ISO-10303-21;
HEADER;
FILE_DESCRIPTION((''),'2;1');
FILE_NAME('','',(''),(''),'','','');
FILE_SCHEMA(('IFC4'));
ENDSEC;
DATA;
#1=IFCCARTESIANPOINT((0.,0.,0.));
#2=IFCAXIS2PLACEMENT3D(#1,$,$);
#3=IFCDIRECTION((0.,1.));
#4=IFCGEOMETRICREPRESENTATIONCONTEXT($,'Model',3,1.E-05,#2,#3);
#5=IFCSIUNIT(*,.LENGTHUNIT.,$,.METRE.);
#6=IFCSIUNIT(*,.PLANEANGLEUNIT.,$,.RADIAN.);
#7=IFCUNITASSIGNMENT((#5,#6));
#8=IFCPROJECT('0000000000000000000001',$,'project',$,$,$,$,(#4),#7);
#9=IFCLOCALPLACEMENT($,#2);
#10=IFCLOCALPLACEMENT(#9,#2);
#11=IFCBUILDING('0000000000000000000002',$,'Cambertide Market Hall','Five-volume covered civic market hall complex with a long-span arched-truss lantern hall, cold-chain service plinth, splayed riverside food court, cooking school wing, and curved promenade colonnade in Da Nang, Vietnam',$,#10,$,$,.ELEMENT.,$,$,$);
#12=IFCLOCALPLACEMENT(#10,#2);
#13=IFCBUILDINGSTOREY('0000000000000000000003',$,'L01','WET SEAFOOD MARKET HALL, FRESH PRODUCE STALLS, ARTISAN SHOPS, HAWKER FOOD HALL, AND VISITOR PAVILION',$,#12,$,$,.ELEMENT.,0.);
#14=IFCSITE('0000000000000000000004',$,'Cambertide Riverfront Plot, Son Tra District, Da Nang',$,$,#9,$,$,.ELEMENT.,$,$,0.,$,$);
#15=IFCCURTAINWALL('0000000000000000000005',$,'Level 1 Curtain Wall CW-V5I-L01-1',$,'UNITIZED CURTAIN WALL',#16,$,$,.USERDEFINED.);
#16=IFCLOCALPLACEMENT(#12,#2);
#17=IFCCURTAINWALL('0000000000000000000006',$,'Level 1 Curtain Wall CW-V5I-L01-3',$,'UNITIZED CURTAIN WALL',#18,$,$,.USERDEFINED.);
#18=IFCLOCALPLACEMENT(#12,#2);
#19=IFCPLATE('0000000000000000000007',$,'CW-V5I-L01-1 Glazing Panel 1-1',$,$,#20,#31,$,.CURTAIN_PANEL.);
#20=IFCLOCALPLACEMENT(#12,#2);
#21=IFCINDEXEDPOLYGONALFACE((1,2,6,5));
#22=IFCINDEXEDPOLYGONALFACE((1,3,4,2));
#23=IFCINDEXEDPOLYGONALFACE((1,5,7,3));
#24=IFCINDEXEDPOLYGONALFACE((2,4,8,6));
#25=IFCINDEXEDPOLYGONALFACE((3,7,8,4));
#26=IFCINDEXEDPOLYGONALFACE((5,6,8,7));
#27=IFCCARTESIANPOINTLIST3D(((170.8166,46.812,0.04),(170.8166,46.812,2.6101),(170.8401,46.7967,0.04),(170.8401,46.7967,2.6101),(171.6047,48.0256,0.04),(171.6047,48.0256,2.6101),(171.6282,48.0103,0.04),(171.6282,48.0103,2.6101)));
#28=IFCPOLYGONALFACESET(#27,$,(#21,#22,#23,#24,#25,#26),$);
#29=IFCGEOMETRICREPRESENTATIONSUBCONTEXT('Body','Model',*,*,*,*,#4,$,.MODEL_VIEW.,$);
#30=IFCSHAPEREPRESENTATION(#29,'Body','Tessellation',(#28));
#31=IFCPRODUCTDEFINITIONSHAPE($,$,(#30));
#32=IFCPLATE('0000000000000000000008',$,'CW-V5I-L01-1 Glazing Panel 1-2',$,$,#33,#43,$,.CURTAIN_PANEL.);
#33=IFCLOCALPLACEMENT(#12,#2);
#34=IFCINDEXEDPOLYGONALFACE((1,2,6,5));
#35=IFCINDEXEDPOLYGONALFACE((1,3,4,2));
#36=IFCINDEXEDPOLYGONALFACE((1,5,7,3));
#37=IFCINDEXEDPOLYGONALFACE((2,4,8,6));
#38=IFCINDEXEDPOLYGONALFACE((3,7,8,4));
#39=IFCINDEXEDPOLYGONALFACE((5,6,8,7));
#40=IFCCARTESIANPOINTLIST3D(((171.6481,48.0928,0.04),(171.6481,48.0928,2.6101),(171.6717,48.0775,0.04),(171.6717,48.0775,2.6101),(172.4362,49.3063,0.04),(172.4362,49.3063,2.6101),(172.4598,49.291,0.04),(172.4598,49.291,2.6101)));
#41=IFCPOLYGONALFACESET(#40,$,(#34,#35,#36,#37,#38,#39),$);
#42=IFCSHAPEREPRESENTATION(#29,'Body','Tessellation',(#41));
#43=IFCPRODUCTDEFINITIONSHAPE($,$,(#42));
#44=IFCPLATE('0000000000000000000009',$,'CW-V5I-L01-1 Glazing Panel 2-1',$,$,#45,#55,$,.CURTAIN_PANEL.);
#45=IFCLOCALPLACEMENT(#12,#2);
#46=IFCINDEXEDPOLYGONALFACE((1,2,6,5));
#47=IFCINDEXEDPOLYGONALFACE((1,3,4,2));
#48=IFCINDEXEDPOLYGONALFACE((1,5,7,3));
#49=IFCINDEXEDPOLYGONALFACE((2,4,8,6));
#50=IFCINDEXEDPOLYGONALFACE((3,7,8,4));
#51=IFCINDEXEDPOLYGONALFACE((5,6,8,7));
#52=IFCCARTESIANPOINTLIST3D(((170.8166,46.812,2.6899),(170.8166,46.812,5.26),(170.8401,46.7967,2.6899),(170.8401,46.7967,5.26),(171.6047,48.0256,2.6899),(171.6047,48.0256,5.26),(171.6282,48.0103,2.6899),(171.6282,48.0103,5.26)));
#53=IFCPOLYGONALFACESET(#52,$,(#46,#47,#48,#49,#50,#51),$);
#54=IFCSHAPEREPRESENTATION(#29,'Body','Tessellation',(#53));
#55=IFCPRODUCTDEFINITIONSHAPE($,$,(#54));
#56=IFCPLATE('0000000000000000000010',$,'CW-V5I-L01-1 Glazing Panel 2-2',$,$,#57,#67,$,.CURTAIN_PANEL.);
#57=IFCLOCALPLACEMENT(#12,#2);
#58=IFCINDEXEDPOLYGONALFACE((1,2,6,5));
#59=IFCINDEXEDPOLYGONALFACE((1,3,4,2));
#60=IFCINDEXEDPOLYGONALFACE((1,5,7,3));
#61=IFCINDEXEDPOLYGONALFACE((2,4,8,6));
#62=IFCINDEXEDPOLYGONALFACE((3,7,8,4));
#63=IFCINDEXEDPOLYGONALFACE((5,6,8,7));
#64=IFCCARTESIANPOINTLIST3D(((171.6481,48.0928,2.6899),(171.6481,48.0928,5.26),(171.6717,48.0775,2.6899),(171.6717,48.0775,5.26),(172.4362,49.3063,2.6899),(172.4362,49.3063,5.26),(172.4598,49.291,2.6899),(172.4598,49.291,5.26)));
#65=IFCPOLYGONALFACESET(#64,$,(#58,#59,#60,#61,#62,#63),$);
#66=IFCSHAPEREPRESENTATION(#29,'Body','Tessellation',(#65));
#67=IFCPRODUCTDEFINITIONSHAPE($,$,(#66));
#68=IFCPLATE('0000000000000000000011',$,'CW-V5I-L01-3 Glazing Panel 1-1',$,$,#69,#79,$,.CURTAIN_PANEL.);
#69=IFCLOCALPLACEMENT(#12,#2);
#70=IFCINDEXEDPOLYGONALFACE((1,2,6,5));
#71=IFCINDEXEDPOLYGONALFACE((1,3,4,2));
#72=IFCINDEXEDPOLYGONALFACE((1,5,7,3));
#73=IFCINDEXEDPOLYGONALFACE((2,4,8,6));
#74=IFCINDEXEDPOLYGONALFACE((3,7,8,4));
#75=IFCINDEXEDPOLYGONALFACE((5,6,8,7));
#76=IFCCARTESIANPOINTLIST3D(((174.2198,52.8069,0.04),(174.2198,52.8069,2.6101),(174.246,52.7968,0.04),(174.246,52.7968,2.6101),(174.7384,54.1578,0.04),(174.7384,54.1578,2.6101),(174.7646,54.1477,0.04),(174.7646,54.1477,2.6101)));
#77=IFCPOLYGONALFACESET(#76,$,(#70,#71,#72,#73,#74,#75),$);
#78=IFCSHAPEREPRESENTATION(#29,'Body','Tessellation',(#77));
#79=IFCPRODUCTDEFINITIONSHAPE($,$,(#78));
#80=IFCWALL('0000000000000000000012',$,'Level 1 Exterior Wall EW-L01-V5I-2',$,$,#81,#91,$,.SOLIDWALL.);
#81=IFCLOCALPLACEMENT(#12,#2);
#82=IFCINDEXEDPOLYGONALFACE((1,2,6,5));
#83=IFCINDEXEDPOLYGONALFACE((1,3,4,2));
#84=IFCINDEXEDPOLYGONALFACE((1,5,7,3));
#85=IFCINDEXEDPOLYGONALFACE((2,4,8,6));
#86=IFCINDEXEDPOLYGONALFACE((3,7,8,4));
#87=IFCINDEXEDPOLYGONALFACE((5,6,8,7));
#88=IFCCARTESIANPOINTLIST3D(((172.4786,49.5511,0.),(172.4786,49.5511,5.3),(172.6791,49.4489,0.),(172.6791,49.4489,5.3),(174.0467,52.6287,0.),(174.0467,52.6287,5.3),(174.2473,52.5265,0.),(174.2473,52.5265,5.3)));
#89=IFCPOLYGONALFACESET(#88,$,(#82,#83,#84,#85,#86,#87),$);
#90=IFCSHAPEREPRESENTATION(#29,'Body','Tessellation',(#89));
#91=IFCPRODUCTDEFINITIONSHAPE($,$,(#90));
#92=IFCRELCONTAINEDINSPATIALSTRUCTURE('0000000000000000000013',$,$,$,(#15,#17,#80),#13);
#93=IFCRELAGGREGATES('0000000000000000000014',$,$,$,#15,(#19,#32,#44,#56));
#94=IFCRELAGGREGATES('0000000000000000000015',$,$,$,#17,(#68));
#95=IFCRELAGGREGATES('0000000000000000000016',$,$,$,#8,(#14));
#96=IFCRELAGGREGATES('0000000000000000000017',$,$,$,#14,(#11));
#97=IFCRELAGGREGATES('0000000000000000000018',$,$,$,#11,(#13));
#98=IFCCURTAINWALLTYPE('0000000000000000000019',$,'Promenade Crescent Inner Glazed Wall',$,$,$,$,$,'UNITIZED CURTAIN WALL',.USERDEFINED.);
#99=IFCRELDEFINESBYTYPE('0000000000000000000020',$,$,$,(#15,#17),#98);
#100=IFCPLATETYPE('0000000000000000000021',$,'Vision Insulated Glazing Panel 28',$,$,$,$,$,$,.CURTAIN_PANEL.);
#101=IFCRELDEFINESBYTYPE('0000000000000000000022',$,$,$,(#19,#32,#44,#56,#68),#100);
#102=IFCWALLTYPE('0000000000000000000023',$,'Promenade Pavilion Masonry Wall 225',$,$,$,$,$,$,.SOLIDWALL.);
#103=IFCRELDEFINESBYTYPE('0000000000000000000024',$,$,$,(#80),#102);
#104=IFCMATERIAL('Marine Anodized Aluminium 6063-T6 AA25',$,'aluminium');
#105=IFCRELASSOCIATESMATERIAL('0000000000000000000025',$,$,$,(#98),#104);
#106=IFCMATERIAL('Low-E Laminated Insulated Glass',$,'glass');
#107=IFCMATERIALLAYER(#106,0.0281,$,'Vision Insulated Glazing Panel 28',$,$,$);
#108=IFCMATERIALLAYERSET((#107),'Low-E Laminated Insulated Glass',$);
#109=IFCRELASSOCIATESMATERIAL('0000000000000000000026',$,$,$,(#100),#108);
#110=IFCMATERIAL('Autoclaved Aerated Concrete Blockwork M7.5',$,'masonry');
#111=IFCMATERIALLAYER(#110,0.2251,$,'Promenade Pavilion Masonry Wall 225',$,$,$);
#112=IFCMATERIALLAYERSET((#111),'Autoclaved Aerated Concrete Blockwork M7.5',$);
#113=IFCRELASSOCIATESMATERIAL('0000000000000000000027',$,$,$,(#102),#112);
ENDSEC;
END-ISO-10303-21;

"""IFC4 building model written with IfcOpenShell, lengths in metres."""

from ifc_helpers import new_model, si_unit, direction, frame, frame_2d, origin, origin_2d, place, context, subcontext, project, spatial, rectangle, extrude, material, layer, layer_set, type_object, element, aggregate, save


model = new_model("IFC4")

# Units and contexts
model_context = context("Model", 3, precision=1e-05, world=origin(), true_north=direction((0.0, 1.0)))
body_context = subcontext(model_context, "Body", "Model", "MODEL_VIEW")
ifc_project = project(units=[si_unit("LENGTHUNIT", "METRE"), si_unit("PLANEANGLEUNIT", "RADIAN")], contexts=[model_context])

# Site, building, storey
site_placement = place(None, origin())
site = spatial("IfcSite", under=ifc_project, at=site_placement, Name="Cambertide Riverfront Plot, Son Tra District, Da Nang", CompositionType="ELEMENT", RefElevation=0.0)
building_placement = place(site_placement, origin())
building = spatial("IfcBuilding", under=site, at=building_placement, Name="Cambertide Market Hall", Description="Five-volume covered civic market hall complex with a long-span arched-truss lantern hall, cold-chain service plinth, splayed riverside food court, cooking school wing, and curved promenade colonnade in Da Nang, Vietnam", CompositionType="ELEMENT")
storey_placement = place(building_placement, origin())
storey = spatial("IfcBuildingStorey", under=building, at=storey_placement, Name="L01", Description="WET SEAFOOD MARKET HALL, FRESH PRODUCE STALLS, ARTISAN SHOPS, HAWKER FOOD HALL, AND VISITOR PAVILION", CompositionType="ELEMENT", Elevation=0.0)

# Curtain wall
ifc_material_1 = material(Name="Marine Anodized Aluminium 6063-T6 AA25", Category="aluminium")
curtain_wall_type = type_object("IfcCurtainWallType", Name="Promenade Crescent Inner Glazed Wall", ElementType="UNITIZED CURTAIN WALL", PredefinedType="USERDEFINED", material=ifc_material_1)
curtain_wall_1_placement = place(storey_placement, origin())
curtain_wall_1 = element("IfcCurtainWall", 1, at=curtain_wall_1_placement, inside=storey, type_object=curtain_wall_type, Name="Level 1 Curtain Wall CW-V5I-L01-1", ObjectType="UNITIZED CURTAIN WALL", PredefinedType="USERDEFINED")

# Curtain wall
curtain_wall_2_placement = place(storey_placement, origin())
curtain_wall_2 = element("IfcCurtainWall", 2, at=curtain_wall_2_placement, inside=storey, type_object=curtain_wall_type, Name="Level 1 Curtain Wall CW-V5I-L01-3", ObjectType="UNITIZED CURTAIN WALL", PredefinedType="USERDEFINED")

# Plates
ifc_material_2 = material(Name="Low-E Laminated Insulated Glass", Category="glass")
ifc_layer_1 = layer(ifc_material_2, 0.0281, Name="Vision Insulated Glazing Panel 28")
ifc_layer_set_1 = layer_set([ifc_layer_1], Name="Low-E Laminated Insulated Glass")
plate_type = type_object("IfcPlateType", Name="Vision Insulated Glazing Panel 28", PredefinedType="CURTAIN_PANEL", material=ifc_layer_set_1)
plate_1_placement = place(storey_placement, frame((171.2224, 47.4111, 0.04), z_axis=(0.0, 0.0, 1.0), x_axis=(0.544639, 0.838671, 0.0)))
plate_1 = element("IfcPlate", 3, at=plate_1_placement, type_object=plate_type, Name="CW-V5I-L01-1 Glazing Panel 1-1", PredefinedType="CURTAIN_PANEL", context=body_context, shape_type="SweptSolid", body=[
    extrude(rectangle(XDim=1.447, YDim=0.0281, at=origin_2d()), origin(), (0.0, 0.0, 1.0), 2.5701),
])
plate_2_placement = place(storey_placement, frame((172.054, 48.6919, 0.04), z_axis=(0.0, 0.0, 1.0), x_axis=(0.544639, 0.838671, 0.0)))
plate_2 = element("IfcPlate", 4, at=plate_2_placement, type_object=plate_type, Name="CW-V5I-L01-1 Glazing Panel 1-2", PredefinedType="CURTAIN_PANEL", context=body_context, shape_type="SweptSolid", body=[
    extrude(rectangle(XDim=1.447, YDim=0.0281, at=origin_2d()), origin(), (0.0, 0.0, 1.0), 2.5701),
])
plate_3_placement = place(storey_placement, frame((171.2224, 47.4111, 2.6899), z_axis=(0.0, 0.0, 1.0), x_axis=(0.544639, 0.838671, 0.0)))
plate_3 = element("IfcPlate", 5, at=plate_3_placement, type_object=plate_type, Name="CW-V5I-L01-1 Glazing Panel 2-1", PredefinedType="CURTAIN_PANEL", context=body_context, shape_type="SweptSolid", body=[
    extrude(rectangle(XDim=1.447, YDim=0.0281, at=origin_2d()), origin(), (0.0, 0.0, 1.0), 2.5701),
])
plate_4_placement = place(storey_placement, frame((172.054, 48.6919, 2.6899), z_axis=(0.0, 0.0, 1.0), x_axis=(0.544639, 0.838671, 0.0)))
plate_4 = element("IfcPlate", 6, at=plate_4_placement, type_object=plate_type, Name="CW-V5I-L01-1 Glazing Panel 2-2", PredefinedType="CURTAIN_PANEL", context=body_context, shape_type="SweptSolid", body=[
    extrude(rectangle(XDim=1.447, YDim=0.0281, at=origin_2d()), origin(), (0.0, 0.0, 1.0), 2.5701),
])
aggregate(curtain_wall_1, [plate_1, plate_2, plate_3, plate_4])
plate_5_placement = place(storey_placement, frame((174.4922, 53.4773, 0.04), z_axis=(0.0, 0.0, 1.0), x_axis=(0.358368, 0.93358, 0.0)))
plate_5 = element("IfcPlate", 7, at=plate_5_placement, type_object=plate_type, Name="CW-V5I-L01-3 Glazing Panel 1-1", PredefinedType="CURTAIN_PANEL", context=body_context, shape_type="SweptSolid", body=[
    extrude(rectangle(XDim=1.447, YDim=0.0281, at=origin_2d()), origin(), (0.0, 0.0, 1.0), 2.5701),
])
aggregate(curtain_wall_2, [plate_5])

# Wall
ifc_material_3 = material(Name="Autoclaved Aerated Concrete Blockwork M7.5", Category="masonry")
ifc_layer_2 = layer(ifc_material_3, 0.2251, Name="Promenade Pavilion Masonry Wall 225")
ifc_layer_set_2 = layer_set([ifc_layer_2], Name="Autoclaved Aerated Concrete Blockwork M7.5")
wall_type = type_object("IfcWallType", Name="Promenade Pavilion Masonry Wall 225", PredefinedType="SOLIDWALL", material=ifc_layer_set_2)
wall_placement = place(storey_placement, frame((172.5789, 49.5, 0.0), z_axis=(0.0, 0.0, 1.0), x_axis=(0.453986, 0.891009, 0.0)))
element("IfcWall", 8, at=wall_placement, inside=storey, type_object=wall_type, Name="Level 1 Exterior Wall EW-L01-V5I-2", PredefinedType="SOLIDWALL", context=body_context, shape_type="SweptSolid", body=[
    extrude(rectangle(XDim=3.4541, YDim=0.2251, at=frame_2d((1.7271, 0.0))), origin(), (0.0, 0.0, 1.0), 5.3),
])

save(model, "model.ifc")
